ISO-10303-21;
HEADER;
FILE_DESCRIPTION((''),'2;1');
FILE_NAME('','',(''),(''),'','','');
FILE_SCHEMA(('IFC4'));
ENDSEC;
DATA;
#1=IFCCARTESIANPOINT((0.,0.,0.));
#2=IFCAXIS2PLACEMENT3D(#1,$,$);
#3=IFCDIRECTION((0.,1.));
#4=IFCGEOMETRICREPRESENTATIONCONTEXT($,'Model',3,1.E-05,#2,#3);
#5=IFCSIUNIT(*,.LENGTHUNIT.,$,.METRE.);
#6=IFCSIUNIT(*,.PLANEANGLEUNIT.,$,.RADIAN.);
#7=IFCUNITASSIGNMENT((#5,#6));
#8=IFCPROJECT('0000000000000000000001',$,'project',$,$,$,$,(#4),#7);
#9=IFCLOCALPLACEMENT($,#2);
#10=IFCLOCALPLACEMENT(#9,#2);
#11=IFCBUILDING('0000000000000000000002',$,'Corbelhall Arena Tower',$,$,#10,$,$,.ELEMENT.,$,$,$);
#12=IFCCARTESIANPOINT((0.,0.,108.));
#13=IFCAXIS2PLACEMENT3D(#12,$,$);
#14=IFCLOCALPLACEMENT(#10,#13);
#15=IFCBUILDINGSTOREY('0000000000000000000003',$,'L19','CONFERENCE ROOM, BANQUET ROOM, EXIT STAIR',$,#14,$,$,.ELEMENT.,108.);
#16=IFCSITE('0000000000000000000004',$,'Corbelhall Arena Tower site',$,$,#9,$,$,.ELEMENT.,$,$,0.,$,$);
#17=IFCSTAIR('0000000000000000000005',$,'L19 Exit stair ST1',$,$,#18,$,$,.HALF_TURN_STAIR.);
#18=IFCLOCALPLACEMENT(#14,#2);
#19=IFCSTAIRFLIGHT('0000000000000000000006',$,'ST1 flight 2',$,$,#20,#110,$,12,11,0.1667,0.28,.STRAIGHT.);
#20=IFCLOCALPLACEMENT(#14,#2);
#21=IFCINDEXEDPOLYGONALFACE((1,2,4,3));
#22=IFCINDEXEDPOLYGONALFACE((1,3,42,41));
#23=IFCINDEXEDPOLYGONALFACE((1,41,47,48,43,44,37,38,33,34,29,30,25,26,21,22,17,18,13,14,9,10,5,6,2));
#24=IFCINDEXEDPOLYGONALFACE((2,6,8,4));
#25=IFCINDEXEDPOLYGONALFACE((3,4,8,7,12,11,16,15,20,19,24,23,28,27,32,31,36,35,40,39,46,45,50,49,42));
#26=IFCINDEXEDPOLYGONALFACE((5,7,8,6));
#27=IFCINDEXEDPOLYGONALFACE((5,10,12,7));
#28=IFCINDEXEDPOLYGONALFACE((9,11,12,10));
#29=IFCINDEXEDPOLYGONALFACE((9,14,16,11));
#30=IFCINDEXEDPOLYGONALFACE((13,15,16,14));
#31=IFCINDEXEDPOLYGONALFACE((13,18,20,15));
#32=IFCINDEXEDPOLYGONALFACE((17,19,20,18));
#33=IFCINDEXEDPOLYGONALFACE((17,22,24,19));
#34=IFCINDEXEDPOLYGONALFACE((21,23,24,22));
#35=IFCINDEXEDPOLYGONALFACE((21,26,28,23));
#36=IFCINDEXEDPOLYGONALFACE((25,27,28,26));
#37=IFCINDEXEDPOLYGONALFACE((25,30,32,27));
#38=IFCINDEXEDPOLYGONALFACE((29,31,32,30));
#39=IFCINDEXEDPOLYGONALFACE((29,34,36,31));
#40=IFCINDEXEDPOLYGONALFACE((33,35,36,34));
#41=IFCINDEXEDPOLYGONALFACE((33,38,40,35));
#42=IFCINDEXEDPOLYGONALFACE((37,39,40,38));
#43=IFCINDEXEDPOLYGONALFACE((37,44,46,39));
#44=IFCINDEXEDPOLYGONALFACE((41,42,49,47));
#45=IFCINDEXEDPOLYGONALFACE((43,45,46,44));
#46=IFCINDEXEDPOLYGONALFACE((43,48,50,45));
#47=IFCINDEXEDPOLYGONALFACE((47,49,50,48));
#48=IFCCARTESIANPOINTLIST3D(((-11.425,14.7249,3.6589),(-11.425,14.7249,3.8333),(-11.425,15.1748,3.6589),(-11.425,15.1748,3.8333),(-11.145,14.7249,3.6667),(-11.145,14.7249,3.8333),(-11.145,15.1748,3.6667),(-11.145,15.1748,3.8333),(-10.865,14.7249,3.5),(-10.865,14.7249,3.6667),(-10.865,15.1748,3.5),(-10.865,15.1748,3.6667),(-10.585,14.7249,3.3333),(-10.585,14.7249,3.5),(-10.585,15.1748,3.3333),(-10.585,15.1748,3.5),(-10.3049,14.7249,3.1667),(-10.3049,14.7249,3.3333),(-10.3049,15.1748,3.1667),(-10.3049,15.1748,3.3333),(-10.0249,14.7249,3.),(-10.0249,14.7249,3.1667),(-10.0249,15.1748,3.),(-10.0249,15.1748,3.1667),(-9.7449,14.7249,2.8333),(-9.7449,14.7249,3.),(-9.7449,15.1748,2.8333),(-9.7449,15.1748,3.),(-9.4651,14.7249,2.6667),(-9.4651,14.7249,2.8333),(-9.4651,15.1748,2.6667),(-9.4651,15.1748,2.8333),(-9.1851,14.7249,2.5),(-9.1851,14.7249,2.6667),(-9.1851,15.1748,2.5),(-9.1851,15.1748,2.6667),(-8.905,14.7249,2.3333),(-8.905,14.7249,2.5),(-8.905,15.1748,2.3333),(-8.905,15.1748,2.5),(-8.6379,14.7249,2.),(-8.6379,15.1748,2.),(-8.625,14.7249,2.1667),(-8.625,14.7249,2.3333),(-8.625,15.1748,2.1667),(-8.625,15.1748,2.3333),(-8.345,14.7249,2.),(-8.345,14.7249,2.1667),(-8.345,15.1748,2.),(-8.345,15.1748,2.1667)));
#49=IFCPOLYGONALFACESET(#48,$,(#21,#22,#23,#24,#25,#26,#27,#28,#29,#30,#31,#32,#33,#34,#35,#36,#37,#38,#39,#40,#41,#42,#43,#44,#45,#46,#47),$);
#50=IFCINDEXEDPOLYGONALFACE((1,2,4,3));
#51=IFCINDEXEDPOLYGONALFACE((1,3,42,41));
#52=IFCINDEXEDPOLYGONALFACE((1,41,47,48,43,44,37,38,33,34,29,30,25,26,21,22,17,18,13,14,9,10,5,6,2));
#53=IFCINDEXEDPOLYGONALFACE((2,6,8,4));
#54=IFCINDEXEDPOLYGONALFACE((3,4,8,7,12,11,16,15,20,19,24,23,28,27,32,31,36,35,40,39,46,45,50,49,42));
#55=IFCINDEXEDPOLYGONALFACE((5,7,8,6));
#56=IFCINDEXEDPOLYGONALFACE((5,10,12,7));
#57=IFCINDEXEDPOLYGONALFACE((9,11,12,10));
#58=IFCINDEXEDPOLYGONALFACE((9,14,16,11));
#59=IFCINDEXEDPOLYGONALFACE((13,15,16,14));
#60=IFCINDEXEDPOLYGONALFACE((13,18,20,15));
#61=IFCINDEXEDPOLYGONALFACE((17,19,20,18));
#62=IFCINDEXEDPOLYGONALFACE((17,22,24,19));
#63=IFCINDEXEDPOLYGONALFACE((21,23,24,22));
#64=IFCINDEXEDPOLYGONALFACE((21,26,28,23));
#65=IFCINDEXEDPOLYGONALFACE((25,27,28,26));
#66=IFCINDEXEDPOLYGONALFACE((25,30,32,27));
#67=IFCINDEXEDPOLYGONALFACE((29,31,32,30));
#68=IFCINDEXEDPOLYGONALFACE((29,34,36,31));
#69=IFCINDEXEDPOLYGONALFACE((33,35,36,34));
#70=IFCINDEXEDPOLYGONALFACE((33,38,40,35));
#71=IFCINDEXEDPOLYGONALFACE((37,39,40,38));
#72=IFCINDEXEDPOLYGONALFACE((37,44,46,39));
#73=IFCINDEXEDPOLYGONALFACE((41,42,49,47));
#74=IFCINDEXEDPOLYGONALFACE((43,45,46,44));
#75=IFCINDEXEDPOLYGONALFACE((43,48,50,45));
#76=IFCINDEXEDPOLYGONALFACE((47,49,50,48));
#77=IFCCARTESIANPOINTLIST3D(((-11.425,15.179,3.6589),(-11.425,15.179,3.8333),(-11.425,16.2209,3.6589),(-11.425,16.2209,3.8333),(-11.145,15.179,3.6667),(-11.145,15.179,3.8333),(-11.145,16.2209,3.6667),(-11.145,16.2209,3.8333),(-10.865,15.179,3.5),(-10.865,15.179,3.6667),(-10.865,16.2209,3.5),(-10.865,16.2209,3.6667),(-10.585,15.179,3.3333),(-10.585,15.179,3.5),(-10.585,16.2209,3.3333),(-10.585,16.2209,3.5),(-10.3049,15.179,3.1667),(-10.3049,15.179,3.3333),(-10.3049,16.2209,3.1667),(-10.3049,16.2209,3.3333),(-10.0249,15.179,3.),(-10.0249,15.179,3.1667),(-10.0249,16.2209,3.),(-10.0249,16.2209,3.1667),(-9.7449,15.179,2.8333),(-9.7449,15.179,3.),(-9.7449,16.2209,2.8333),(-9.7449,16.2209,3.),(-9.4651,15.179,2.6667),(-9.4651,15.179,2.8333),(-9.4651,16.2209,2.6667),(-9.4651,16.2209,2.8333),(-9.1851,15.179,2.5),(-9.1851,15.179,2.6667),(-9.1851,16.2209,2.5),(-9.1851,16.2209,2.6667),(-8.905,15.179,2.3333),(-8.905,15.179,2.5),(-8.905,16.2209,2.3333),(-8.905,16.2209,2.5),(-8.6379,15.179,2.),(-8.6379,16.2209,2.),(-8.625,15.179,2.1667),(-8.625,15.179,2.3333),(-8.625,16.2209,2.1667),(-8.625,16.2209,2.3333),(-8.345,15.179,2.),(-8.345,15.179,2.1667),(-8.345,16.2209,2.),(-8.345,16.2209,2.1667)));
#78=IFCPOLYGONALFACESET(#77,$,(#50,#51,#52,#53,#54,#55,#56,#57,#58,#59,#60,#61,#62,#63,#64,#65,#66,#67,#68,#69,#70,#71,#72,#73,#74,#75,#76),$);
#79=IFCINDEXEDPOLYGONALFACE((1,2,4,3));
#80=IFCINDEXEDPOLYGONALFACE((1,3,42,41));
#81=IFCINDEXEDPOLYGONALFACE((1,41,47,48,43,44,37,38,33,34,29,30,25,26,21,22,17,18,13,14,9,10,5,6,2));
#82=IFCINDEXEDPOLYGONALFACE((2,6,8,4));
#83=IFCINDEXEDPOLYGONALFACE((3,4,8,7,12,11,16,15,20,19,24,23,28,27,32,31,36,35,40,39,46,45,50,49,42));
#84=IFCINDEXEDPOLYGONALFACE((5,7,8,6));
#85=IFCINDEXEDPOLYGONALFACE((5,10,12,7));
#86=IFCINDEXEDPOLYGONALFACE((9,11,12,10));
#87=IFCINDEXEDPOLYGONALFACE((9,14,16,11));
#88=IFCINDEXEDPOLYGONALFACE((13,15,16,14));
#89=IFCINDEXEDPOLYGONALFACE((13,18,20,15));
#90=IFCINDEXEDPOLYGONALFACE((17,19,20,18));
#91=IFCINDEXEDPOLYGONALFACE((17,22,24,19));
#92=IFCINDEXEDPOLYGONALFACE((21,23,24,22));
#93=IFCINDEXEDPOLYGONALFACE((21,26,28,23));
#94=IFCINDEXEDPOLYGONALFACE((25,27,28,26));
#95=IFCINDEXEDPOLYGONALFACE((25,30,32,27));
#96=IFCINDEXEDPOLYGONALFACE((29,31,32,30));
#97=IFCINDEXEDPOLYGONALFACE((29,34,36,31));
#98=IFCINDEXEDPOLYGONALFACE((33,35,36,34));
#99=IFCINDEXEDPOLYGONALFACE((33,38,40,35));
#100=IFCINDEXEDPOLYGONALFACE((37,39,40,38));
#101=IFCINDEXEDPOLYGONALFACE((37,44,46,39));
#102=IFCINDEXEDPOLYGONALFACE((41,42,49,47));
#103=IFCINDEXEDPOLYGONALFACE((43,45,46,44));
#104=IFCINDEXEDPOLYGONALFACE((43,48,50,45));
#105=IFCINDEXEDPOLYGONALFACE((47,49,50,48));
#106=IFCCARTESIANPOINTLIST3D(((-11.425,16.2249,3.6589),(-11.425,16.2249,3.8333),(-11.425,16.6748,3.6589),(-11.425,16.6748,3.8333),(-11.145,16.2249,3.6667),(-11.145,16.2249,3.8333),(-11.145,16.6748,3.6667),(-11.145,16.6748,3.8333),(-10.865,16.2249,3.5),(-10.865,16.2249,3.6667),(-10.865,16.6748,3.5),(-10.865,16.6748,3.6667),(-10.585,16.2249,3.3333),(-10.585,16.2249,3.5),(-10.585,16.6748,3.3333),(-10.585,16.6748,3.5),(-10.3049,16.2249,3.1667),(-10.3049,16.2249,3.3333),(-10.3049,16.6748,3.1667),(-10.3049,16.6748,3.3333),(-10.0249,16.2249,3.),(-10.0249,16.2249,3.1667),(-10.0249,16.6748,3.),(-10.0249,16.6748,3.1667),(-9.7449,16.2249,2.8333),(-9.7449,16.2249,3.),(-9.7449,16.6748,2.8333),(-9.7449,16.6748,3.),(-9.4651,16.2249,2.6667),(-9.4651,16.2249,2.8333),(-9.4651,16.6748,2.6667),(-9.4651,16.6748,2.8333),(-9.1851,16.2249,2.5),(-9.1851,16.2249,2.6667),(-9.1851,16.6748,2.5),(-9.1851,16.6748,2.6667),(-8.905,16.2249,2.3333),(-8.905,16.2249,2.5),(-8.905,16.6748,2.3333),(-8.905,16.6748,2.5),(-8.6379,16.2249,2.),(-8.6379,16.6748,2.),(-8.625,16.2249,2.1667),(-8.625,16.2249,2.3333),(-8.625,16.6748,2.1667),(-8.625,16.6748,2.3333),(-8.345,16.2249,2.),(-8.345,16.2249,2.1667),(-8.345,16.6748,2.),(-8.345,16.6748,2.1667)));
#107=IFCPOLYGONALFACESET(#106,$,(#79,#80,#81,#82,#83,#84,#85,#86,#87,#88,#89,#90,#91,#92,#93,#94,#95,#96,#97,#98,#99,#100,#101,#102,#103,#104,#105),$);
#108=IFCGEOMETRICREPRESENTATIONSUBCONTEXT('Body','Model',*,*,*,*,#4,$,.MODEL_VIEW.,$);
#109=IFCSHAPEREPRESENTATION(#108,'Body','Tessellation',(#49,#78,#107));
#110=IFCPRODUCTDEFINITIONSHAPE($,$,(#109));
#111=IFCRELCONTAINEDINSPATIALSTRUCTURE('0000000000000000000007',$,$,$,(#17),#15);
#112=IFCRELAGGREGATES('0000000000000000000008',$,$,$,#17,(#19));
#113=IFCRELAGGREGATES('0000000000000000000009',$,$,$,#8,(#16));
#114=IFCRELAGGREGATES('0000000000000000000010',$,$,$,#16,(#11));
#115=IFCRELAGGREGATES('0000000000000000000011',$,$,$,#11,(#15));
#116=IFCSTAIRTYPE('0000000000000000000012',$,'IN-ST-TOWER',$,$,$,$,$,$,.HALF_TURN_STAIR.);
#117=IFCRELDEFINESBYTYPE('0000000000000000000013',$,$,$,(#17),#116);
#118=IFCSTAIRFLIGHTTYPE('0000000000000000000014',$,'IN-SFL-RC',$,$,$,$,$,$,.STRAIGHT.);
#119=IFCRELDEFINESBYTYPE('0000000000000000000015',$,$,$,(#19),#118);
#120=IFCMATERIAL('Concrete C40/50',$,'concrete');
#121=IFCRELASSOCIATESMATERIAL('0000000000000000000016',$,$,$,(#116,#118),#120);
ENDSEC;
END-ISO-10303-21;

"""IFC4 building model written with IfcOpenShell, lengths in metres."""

from ifc_helpers import new_model, si_unit, direction, frame, origin, place, context, subcontext, project, spatial, polyline, outline, extrude, material, type_object, element, aggregate, save


model = new_model("IFC4")

# Units and contexts
model_context = context("Model", 3, precision=1e-05, world=origin(), true_north=direction((0.0, 1.0)))
body_context = subcontext(model_context, "Body", "Model", "MODEL_VIEW")
ifc_project = project(units=[si_unit("LENGTHUNIT", "METRE"), si_unit("PLANEANGLEUNIT", "RADIAN")], contexts=[model_context])

# Site, building, storey
site_placement = place(None, origin())
site = spatial("IfcSite", under=ifc_project, at=site_placement, Name="Corbelhall Arena Tower site", CompositionType="ELEMENT", RefElevation=0.0)
building_placement = place(site_placement, origin())
building = spatial("IfcBuilding", under=site, at=building_placement, Name="Corbelhall Arena Tower", CompositionType="ELEMENT")
storey_placement = place(building_placement, frame((0.0, 0.0, 108.0)))
storey = spatial("IfcBuildingStorey", under=building, at=storey_placement, Name="L19", Description="CONFERENCE ROOM, BANQUET ROOM, EXIT STAIR", CompositionType="ELEMENT", Elevation=108.0)

# Shared definitions
ifc_material_1 = material(Name="Concrete C40/50", Category="concrete")

# Stair, stair flight
stair_type = type_object("IfcStairType", Name="IN-ST-TOWER", PredefinedType="HALF_TURN_STAIR", material=ifc_material_1)
stair_placement = place(storey_placement, origin())
stair = element("IfcStair", 1, at=stair_placement, inside=storey, type_object=stair_type, Name="L19 Exit stair ST1", PredefinedType="HALF_TURN_STAIR")
stair_flight_type = type_object("IfcStairFlightType", Name="IN-SFL-RC", PredefinedType="STRAIGHT", material=ifc_material_1)
stair_flight_placement = place(storey_placement, frame((-8.345, 15.7, 2.0), z_axis=(0.0, 0.0, 1.0), x_axis=(-1.0, 0.0, 0.0)))
stair_flight = element("IfcStairFlight", 2, at=stair_flight_placement, type_object=stair_flight_type, Name="ST1 flight 2", NumberOfRisers=12, NumberOfTreads=11, PredefinedType="STRAIGHT", RiserHeight=0.1667, TreadLength=0.28, context=body_context, shape_type="SweptSolid", body=[
    extrude(outline(polyline([(0.0, 0.0), (0.0, 0.1667), (0.28, 0.1667), (0.28, 0.3333), (0.5601, 0.3333), (0.5601, 0.5), (0.8401, 0.5), (0.8401, 0.6667), (1.1201, 0.6667), (1.1201, 0.8333), (1.3999, 0.8333), (1.3999, 1.0), (1.6799, 1.0), (1.6799, 1.1667), (1.96, 1.1667), (1.96, 1.3333), (2.24, 1.3333), (2.24, 1.5), (2.52, 1.5), (2.52, 1.6667), (2.8, 1.6667), (2.8, 1.8333), (3.0801, 1.8333), (3.0801, 2.0), (3.0801, 1.6589), (0.293, 0.0), (0.0, 0.0)])), frame((0.0, 0.9751, 0.0), z_axis=(0.0, -1.0, 0.0), x_axis=(1.0, 0.0, 0.0)), (0.0, 0.0, 1.0), 0.45),
    extrude(outline(polyline([(0.0, 0.0), (0.0, 0.1667), (0.28, 0.1667), (0.28, 0.3333), (0.5601, 0.3333), (0.5601, 0.5), (0.8401, 0.5), (0.8401, 0.6667), (1.1201, 0.6667), (1.1201, 0.8333), (1.3999, 0.8333), (1.3999, 1.0), (1.6799, 1.0), (1.6799, 1.1667), (1.96, 1.1667), (1.96, 1.3333), (2.24, 1.3333), (2.24, 1.5), (2.52, 1.5), (2.52, 1.6667), (2.8, 1.6667), (2.8, 1.8333), (3.0801, 1.8333), (3.0801, 2.0), (3.0801, 1.6589), (0.293, 0.0), (0.0, 0.0)])), frame((0.0, 0.521, 0.0), z_axis=(0.0, -1.0, 0.0), x_axis=(1.0, 0.0, 0.0)), (0.0, 0.0, 1.0), 1.042),
    extrude(outline(polyline([(0.0, 0.0), (0.0, 0.1667), (0.28, 0.1667), (0.28, 0.3333), (0.5601, 0.3333), (0.5601, 0.5), (0.8401, 0.5), (0.8401, 0.6667), (1.1201, 0.6667), (1.1201, 0.8333), (1.3999, 0.8333), (1.3999, 1.0), (1.6799, 1.0), (1.6799, 1.1667), (1.96, 1.1667), (1.96, 1.3333), (2.24, 1.3333), (2.24, 1.5), (2.52, 1.5), (2.52, 1.6667), (2.8, 1.6667), (2.8, 1.8333), (3.0801, 1.8333), (3.0801, 2.0), (3.0801, 1.6589), (0.293, 0.0), (0.0, 0.0)])), frame((0.0, -0.5249, 0.0), z_axis=(0.0, -1.0, 0.0), x_axis=(1.0, 0.0, 0.0)), (0.0, 0.0, 1.0), 0.45),
])
aggregate(stair, [stair_flight])

save(model, "model.ifc")
